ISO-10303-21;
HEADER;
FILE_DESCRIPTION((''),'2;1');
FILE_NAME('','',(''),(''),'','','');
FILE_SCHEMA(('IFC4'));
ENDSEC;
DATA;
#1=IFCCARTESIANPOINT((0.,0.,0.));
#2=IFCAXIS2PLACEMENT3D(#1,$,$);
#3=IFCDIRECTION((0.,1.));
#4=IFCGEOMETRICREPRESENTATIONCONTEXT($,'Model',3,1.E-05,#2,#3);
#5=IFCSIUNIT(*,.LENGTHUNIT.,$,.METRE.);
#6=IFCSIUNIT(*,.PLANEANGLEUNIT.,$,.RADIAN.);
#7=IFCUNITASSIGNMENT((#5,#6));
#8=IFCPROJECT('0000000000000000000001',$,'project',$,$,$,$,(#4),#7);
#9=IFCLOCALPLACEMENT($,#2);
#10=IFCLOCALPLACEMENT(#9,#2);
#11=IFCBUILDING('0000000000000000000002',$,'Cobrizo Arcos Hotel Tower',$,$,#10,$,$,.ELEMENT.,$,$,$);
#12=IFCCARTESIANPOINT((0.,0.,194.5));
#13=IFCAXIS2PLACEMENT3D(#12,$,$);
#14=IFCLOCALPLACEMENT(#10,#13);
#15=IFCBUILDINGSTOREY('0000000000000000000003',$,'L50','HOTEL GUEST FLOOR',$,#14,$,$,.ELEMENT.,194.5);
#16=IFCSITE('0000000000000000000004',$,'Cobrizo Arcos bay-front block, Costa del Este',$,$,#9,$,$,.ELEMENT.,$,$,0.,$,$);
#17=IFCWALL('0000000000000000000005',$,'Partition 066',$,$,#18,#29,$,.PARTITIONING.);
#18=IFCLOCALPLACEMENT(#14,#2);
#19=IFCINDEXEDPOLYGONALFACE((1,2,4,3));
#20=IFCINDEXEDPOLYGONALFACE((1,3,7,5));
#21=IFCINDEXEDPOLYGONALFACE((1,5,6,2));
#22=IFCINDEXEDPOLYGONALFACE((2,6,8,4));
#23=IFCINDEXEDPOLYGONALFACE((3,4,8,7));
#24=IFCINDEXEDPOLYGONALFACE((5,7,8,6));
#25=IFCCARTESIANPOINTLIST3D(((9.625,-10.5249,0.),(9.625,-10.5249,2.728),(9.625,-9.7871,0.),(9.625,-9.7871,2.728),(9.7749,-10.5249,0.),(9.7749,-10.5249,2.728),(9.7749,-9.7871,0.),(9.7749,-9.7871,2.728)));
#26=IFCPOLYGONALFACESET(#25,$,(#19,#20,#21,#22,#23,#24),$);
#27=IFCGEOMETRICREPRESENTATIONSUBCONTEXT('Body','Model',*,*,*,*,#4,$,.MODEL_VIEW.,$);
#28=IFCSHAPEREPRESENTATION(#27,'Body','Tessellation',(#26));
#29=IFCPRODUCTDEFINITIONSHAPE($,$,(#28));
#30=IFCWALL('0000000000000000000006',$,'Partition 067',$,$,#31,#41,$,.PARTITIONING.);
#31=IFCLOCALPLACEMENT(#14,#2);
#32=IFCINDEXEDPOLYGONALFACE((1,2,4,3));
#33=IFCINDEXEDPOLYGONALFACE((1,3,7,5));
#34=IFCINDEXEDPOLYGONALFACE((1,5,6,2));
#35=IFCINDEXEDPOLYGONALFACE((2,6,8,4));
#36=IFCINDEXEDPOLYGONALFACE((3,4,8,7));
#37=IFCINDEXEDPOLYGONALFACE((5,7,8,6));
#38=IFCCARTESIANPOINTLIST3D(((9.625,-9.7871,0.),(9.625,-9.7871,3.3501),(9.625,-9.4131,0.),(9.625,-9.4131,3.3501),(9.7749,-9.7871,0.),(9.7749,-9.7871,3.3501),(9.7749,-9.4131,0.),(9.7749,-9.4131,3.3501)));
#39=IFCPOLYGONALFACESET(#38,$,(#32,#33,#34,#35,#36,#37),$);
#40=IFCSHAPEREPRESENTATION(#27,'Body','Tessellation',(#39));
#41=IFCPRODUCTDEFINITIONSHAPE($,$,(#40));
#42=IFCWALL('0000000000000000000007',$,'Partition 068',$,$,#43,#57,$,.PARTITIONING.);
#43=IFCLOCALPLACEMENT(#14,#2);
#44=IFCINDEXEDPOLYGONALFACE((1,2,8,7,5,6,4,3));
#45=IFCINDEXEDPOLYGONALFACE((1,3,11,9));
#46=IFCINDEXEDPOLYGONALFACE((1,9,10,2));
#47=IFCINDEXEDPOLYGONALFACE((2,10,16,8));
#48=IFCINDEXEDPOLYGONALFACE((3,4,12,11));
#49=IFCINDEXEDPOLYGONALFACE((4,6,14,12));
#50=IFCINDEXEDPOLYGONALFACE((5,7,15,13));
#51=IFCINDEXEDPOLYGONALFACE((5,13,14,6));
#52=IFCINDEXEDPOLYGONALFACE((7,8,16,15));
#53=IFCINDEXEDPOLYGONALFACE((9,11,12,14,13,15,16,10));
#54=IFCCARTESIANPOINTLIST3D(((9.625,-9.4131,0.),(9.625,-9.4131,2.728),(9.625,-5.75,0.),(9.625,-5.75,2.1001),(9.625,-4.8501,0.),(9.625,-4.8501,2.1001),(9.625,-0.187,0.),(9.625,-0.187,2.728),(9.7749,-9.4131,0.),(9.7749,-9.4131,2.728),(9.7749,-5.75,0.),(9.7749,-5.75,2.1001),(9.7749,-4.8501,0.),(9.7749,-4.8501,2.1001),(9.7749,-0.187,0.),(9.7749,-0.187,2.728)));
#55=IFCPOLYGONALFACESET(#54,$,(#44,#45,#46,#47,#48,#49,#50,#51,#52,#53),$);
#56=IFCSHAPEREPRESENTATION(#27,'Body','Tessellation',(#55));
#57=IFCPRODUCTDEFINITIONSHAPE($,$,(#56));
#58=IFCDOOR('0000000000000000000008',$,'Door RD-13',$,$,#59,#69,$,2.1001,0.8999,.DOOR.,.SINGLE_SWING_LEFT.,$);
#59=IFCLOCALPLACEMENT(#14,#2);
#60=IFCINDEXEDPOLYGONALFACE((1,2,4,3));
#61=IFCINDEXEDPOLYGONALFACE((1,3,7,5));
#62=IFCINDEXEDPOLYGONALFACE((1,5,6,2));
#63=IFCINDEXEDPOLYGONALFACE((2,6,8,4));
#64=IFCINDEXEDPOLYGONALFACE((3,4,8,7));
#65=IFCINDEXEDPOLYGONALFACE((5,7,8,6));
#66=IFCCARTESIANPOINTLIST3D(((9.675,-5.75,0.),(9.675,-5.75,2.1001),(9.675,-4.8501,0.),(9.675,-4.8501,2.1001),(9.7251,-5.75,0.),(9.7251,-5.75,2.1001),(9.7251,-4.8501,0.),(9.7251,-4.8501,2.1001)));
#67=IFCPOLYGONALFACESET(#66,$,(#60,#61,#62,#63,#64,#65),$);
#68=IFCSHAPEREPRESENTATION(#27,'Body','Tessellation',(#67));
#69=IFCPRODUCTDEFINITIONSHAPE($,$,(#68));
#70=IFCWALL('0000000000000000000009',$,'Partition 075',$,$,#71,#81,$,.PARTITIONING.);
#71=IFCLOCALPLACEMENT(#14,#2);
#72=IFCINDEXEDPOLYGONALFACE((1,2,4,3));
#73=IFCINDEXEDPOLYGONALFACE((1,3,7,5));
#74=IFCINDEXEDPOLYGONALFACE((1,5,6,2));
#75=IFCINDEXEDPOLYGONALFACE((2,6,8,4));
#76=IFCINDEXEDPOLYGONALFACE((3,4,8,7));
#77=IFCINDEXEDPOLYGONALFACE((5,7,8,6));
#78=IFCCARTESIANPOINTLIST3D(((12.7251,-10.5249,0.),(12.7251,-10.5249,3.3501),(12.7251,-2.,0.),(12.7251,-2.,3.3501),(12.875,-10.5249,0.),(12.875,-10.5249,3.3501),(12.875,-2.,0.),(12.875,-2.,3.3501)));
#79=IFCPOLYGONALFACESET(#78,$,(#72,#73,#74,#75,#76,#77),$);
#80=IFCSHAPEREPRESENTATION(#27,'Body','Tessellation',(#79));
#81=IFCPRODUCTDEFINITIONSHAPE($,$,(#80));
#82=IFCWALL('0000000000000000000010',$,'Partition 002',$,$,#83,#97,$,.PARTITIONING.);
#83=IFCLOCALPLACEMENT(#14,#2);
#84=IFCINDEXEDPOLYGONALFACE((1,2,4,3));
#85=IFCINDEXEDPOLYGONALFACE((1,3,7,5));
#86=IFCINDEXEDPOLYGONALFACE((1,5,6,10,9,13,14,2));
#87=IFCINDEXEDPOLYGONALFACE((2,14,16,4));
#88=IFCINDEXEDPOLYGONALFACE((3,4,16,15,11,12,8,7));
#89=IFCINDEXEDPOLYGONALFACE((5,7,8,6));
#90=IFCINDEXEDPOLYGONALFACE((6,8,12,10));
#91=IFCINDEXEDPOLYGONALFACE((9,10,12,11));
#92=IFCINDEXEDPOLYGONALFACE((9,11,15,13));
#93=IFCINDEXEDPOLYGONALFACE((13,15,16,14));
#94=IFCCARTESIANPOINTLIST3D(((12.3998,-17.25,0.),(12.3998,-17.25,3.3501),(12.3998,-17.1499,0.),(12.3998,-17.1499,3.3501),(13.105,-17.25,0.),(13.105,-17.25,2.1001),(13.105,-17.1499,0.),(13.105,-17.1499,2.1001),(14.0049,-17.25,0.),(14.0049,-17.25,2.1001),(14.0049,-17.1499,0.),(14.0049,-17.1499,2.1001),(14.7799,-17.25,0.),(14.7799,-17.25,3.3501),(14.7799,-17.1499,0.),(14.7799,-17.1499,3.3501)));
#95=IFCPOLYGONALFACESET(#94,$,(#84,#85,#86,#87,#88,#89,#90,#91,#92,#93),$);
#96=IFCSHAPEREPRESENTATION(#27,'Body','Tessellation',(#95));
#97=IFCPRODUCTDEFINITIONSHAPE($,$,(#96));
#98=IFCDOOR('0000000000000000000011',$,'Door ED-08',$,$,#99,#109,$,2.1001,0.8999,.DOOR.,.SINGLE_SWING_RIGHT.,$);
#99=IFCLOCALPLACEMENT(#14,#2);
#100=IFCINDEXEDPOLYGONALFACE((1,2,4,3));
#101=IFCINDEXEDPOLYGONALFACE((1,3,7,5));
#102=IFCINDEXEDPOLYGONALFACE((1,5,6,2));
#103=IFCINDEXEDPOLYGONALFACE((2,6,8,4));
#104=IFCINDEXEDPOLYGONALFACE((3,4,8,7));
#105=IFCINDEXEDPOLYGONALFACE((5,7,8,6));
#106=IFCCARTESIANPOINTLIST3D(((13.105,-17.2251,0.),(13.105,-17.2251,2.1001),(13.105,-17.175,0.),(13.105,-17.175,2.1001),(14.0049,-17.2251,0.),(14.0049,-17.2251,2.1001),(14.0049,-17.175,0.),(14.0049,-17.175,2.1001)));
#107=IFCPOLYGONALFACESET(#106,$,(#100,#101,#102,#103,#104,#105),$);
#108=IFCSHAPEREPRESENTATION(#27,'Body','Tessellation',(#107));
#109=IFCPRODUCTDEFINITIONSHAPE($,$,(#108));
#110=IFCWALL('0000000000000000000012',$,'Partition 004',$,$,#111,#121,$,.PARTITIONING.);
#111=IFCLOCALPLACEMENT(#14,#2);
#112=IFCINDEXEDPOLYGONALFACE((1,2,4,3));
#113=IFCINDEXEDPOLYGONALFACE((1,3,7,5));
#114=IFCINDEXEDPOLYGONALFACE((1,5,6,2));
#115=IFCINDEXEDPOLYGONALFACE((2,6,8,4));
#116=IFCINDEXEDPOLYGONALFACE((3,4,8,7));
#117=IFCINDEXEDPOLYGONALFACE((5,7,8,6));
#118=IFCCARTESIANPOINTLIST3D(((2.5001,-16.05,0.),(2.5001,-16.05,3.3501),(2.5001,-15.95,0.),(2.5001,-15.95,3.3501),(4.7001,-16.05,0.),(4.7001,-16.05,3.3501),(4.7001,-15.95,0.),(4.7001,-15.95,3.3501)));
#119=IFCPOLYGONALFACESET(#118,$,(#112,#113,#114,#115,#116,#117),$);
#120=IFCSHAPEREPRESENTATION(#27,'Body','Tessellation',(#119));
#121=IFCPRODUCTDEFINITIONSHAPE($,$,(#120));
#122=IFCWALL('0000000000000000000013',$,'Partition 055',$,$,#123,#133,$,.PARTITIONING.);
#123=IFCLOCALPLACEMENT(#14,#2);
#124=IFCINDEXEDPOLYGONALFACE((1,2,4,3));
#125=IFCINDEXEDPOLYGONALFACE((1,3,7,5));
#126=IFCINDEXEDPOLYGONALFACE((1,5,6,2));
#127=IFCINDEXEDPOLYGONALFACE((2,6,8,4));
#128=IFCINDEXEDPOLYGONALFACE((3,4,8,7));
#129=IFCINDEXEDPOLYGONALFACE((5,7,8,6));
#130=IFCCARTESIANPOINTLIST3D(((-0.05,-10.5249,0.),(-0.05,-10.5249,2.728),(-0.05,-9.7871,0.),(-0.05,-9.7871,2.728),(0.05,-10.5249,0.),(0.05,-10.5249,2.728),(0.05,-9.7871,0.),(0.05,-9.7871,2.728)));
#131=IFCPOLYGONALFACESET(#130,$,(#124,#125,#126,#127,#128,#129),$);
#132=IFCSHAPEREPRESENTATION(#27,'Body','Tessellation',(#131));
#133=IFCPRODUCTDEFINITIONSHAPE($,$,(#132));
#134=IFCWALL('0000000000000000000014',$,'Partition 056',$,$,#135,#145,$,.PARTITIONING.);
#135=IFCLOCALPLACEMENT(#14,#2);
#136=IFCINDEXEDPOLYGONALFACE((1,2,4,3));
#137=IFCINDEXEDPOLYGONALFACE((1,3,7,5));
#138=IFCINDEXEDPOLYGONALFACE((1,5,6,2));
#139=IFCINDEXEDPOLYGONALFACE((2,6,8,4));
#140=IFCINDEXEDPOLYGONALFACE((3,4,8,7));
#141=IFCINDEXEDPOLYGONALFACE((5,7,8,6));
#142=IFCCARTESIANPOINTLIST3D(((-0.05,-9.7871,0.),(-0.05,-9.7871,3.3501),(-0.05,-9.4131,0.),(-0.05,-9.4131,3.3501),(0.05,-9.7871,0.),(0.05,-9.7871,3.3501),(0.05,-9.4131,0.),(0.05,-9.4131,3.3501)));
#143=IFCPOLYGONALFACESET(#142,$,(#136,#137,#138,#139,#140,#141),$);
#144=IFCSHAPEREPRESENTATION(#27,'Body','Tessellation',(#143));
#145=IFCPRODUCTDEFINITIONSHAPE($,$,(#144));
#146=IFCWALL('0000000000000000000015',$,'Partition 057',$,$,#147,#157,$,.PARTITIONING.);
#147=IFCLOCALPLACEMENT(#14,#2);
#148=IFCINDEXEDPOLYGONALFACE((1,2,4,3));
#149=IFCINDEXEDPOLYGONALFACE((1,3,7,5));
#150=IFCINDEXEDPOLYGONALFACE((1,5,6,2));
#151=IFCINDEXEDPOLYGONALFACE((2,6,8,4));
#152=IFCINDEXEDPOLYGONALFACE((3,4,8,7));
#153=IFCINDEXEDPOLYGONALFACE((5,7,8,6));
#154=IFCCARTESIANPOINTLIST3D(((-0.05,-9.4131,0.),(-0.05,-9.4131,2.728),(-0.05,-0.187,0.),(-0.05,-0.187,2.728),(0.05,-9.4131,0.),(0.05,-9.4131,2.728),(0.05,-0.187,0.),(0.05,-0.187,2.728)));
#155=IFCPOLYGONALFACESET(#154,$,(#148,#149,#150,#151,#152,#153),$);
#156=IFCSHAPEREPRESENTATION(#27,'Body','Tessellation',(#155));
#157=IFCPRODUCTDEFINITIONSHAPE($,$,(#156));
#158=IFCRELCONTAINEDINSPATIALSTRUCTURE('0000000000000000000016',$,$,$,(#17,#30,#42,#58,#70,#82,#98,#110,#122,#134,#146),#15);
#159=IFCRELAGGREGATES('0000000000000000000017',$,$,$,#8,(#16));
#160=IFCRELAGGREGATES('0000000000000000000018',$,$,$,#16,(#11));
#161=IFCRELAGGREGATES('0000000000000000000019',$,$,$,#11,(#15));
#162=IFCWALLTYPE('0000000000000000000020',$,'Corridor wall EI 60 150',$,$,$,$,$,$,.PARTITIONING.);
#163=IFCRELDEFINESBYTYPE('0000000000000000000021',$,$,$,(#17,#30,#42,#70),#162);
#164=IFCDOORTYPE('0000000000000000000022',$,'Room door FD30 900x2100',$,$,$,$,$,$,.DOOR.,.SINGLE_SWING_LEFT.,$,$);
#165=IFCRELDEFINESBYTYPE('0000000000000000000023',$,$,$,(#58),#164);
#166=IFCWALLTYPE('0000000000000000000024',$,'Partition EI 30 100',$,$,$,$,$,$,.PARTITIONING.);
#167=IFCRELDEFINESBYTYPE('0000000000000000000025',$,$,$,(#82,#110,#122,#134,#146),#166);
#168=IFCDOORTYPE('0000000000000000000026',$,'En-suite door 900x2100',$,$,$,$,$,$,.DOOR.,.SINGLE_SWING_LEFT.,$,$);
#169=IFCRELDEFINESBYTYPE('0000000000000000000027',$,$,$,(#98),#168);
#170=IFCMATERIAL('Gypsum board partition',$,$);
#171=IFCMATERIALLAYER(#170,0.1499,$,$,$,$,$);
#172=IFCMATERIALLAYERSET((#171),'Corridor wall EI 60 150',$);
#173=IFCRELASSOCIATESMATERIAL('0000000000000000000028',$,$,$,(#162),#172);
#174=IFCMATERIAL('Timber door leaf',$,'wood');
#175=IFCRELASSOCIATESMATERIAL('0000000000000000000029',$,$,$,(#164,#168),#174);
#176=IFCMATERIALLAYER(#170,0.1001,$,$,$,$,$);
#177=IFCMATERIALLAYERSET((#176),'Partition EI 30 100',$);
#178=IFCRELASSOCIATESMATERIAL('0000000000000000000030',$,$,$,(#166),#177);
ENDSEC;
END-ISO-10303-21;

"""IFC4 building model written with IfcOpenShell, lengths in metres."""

from ifc_helpers import new_model, si_unit, direction, frame, frame_2d, origin, place, context, subcontext, project, spatial, rectangle, extrude, material, layer, layer_set, type_object, element, fill, save


model = new_model("IFC4")

# Units and contexts
model_context = context("Model", 3, precision=1e-05, world=origin(), true_north=direction((0.0, 1.0)))
body_context = subcontext(model_context, "Body", "Model", "MODEL_VIEW")
ifc_project = project(units=[si_unit("LENGTHUNIT", "METRE"), si_unit("PLANEANGLEUNIT", "RADIAN")], contexts=[model_context])

# Site, building, storey
site_placement = place(None, origin())
site = spatial("IfcSite", under=ifc_project, at=site_placement, Name="Cobrizo Arcos bay-front block, Costa del Este", CompositionType="ELEMENT", RefElevation=0.0)
building_placement = place(site_placement, origin())
building = spatial("IfcBuilding", under=site, at=building_placement, Name="Cobrizo Arcos Hotel Tower", CompositionType="ELEMENT")
storey_placement = place(building_placement, frame((0.0, 0.0, 194.5)))
storey = spatial("IfcBuildingStorey", under=building, at=storey_placement, Name="L50", Description="HOTEL GUEST FLOOR", CompositionType="ELEMENT", Elevation=194.5)

# Shared definitions
ifc_material_1 = material(Name="Gypsum board partition")
ifc_layer_1 = layer(ifc_material_1, 0.1499)
ifc_layer_set_1 = layer_set([ifc_layer_1], Name="Corridor wall EI 60 150")
wall_type_1 = type_object("IfcWallType", Name="Corridor wall EI 60 150", PredefinedType="PARTITIONING", material=ifc_layer_set_1)

# Shared definitions
ifc_material_2 = material(Name="Timber door leaf", Category="wood")
door_type_1 = type_object("IfcDoorType", Name="Room door FD30 900x2100", OperationType="SINGLE_SWING_LEFT", PredefinedType="DOOR", material=ifc_material_2)

# Walls
wall_1_placement = place(storey_placement, frame((9.7, -10.5249, 0.0), z_axis=(0.0, 0.0, 1.0), x_axis=(0.0, 1.0, 0.0)))
element("IfcWall", 1, at=wall_1_placement, inside=storey, type_object=wall_type_1, Name="Partition 066", PredefinedType="PARTITIONING", context=body_context, shape_type="SweptSolid", body=[
    extrude(rectangle(XDim=0.7378, YDim=0.1499, at=frame_2d((0.3689, 0.0))), origin(), (0.0, 0.0, 1.0), 2.728),
])
wall_2_placement = place(storey_placement, frame((9.7, -9.7871, 0.0), z_axis=(0.0, 0.0, 1.0), x_axis=(0.0, 1.0, 0.0)))
element("IfcWall", 2, at=wall_2_placement, inside=storey, type_object=wall_type_1, Name="Partition 067", PredefinedType="PARTITIONING", context=body_context, shape_type="SweptSolid", body=[
    extrude(rectangle(XDim=0.374, YDim=0.1499, at=frame_2d((0.187, 0.0))), origin(), (0.0, 0.0, 1.0), 3.3501),
])

# Wall, opening, door
wall_3_placement = place(storey_placement, frame((9.7, -9.4131, 0.0), z_axis=(0.0, 0.0, 1.0), x_axis=(0.0, 1.0, 0.0)))
wall_3 = element("IfcWall", 3, at=wall_3_placement, inside=storey, type_object=wall_type_1, Name="Partition 068", PredefinedType="PARTITIONING", context=body_context, shape_type="SweptSolid", body=[
    extrude(rectangle(XDim=9.2261, YDim=0.1499, at=frame_2d((4.613, 0.0))), origin(), (0.0, 0.0, 1.0), 2.728),
])
opening_1_placement = place(wall_3_placement, frame((3.6631, 0.0, 0.0)))
opening_1 = element("IfcOpeningElement", 4, at=opening_1_placement, cuts=wall_3, PredefinedType="OPENING", context=body_context, shape_type="SweptSolid", body=[
    extrude(rectangle(XDim=0.8999, YDim=2.1001, at=frame_2d((0.45, 1.05))), frame((0.0, 0.0869, 0.0), z_axis=(0.0, -1.0, 0.0), x_axis=(1.0, 0.0, 0.0)), (0.0, 0.0, 1.0), 0.1738),
])
door_1_placement = place(opening_1_placement, origin())
door_1 = element("IfcDoor", 5, at=door_1_placement, inside=storey, type_object=door_type_1, Name="Door RD-13", OperationType="SINGLE_SWING_LEFT", OverallHeight=2.1001, OverallWidth=0.8999, PredefinedType="DOOR", context=body_context, shape_type="SweptSolid", body=[
    extrude(rectangle(XDim=0.8999, YDim=2.1001, at=frame_2d((0.45, 1.05))), frame((0.0, 0.0249, 0.0), z_axis=(0.0, -1.0, 0.0), x_axis=(1.0, 0.0, 0.0)), (0.0, 0.0, 1.0), 0.05),
])
fill(opening_1, door_1)

# Wall
wall_4_placement = place(storey_placement, frame((12.8, -10.5249, 0.0), z_axis=(0.0, 0.0, 1.0), x_axis=(0.0, 1.0, 0.0)))
element("IfcWall", 6, at=wall_4_placement, inside=storey, type_object=wall_type_1, Name="Partition 075", PredefinedType="PARTITIONING", context=body_context, shape_type="SweptSolid", body=[
    extrude(rectangle(XDim=8.5249, YDim=0.1499, at=frame_2d((4.2625, 0.0))), origin(), (0.0, 0.0, 1.0), 3.3501),
])

# Wall, opening, door
ifc_layer_2 = layer(ifc_material_1, 0.1001)
ifc_layer_set_2 = layer_set([ifc_layer_2], Name="Partition EI 30 100")
wall_type_2 = type_object("IfcWallType", Name="Partition EI 30 100", PredefinedType="PARTITIONING", material=ifc_layer_set_2)
wall_5_placement = place(storey_placement, frame((12.3999, -17.2, 0.0), z_axis=(0.0, 0.0, 1.0), x_axis=(1.0, 0.0, 0.0)))
wall_5 = element("IfcWall", 7, at=wall_5_placement, inside=storey, type_object=wall_type_2, Name="Partition 002", PredefinedType="PARTITIONING", context=body_context, shape_type="SweptSolid", body=[
    extrude(rectangle(XDim=2.3801, YDim=0.1001, at=frame_2d((1.1899, 0.0))), origin(), (0.0, 0.0, 1.0), 3.3501),
])
opening_2_placement = place(wall_5_placement, frame((0.7051, 0.0, 0.0)))
opening_2 = element("IfcOpeningElement", 8, at=opening_2_placement, cuts=wall_5, PredefinedType="OPENING", context=body_context, shape_type="SweptSolid", body=[
    extrude(rectangle(XDim=0.8999, YDim=2.1001, at=frame_2d((0.45, 1.05))), frame((0.0, 0.062, 0.0), z_axis=(0.0, -1.0, 0.0), x_axis=(1.0, 0.0, 0.0)), (0.0, 0.0, 1.0), 0.124),
])
door_type_2 = type_object("IfcDoorType", Name="En-suite door 900x2100", OperationType="SINGLE_SWING_LEFT", PredefinedType="DOOR", material=ifc_material_2)
door_2_placement = place(opening_2_placement, origin())
door_2 = element("IfcDoor", 9, at=door_2_placement, inside=storey, type_object=door_type_2, Name="Door ED-08", OperationType="SINGLE_SWING_RIGHT", OverallHeight=2.1001, OverallWidth=0.8999, PredefinedType="DOOR", context=body_context, shape_type="SweptSolid", body=[
    extrude(rectangle(XDim=0.8999, YDim=2.1001, at=frame_2d((0.45, 1.05))), frame((0.0, 0.0249, 0.0), z_axis=(0.0, -1.0, 0.0), x_axis=(1.0, 0.0, 0.0)), (0.0, 0.0, 1.0), 0.05),
])
fill(opening_2, door_2)

# Walls
wall_6_placement = place(storey_placement, frame((2.5, -16.0, 0.0), z_axis=(0.0, 0.0, 1.0), x_axis=(1.0, 0.0, 0.0)))
element("IfcWall", 10, at=wall_6_placement, inside=storey, type_object=wall_type_2, Name="Partition 004", PredefinedType="PARTITIONING", context=body_context, shape_type="SweptSolid", body=[
    extrude(rectangle(XDim=2.2, YDim=0.1001, at=frame_2d((1.1001, 0.0))), origin(), (0.0, 0.0, 1.0), 3.3501),
])
wall_7_placement = place(storey_placement, frame((0.0, -10.5249, 0.0), z_axis=(0.0, 0.0, 1.0), x_axis=(0.0, 1.0, 0.0)))
element("IfcWall", 11, at=wall_7_placement, inside=storey, type_object=wall_type_2, Name="Partition 055", PredefinedType="PARTITIONING", context=body_context, shape_type="SweptSolid", body=[
    extrude(rectangle(XDim=0.7378, YDim=0.1001, at=frame_2d((0.3689, 0.0))), origin(), (0.0, 0.0, 1.0), 2.728),
])
wall_8_placement = place(storey_placement, frame((0.0, -9.7871, 0.0), z_axis=(0.0, 0.0, 1.0), x_axis=(0.0, 1.0, 0.0)))
element("IfcWall", 12, at=wall_8_placement, inside=storey, type_object=wall_type_2, Name="Partition 056", PredefinedType="PARTITIONING", context=body_context, shape_type="SweptSolid", body=[
    extrude(rectangle(XDim=0.374, YDim=0.1001, at=frame_2d((0.187, 0.0))), origin(), (0.0, 0.0, 1.0), 3.3501),
])
wall_9_placement = place(storey_placement, frame((0.0, -9.4131, 0.0), z_axis=(0.0, 0.0, 1.0), x_axis=(0.0, 1.0, 0.0)))
element("IfcWall", 13, at=wall_9_placement, inside=storey, type_object=wall_type_2, Name="Partition 057", PredefinedType="PARTITIONING", context=body_context, shape_type="SweptSolid", body=[
    extrude(rectangle(XDim=9.2261, YDim=0.1001, at=frame_2d((4.613, 0.0))), origin(), (0.0, 0.0, 1.0), 2.728),
])

save(model, "model.ifc")
